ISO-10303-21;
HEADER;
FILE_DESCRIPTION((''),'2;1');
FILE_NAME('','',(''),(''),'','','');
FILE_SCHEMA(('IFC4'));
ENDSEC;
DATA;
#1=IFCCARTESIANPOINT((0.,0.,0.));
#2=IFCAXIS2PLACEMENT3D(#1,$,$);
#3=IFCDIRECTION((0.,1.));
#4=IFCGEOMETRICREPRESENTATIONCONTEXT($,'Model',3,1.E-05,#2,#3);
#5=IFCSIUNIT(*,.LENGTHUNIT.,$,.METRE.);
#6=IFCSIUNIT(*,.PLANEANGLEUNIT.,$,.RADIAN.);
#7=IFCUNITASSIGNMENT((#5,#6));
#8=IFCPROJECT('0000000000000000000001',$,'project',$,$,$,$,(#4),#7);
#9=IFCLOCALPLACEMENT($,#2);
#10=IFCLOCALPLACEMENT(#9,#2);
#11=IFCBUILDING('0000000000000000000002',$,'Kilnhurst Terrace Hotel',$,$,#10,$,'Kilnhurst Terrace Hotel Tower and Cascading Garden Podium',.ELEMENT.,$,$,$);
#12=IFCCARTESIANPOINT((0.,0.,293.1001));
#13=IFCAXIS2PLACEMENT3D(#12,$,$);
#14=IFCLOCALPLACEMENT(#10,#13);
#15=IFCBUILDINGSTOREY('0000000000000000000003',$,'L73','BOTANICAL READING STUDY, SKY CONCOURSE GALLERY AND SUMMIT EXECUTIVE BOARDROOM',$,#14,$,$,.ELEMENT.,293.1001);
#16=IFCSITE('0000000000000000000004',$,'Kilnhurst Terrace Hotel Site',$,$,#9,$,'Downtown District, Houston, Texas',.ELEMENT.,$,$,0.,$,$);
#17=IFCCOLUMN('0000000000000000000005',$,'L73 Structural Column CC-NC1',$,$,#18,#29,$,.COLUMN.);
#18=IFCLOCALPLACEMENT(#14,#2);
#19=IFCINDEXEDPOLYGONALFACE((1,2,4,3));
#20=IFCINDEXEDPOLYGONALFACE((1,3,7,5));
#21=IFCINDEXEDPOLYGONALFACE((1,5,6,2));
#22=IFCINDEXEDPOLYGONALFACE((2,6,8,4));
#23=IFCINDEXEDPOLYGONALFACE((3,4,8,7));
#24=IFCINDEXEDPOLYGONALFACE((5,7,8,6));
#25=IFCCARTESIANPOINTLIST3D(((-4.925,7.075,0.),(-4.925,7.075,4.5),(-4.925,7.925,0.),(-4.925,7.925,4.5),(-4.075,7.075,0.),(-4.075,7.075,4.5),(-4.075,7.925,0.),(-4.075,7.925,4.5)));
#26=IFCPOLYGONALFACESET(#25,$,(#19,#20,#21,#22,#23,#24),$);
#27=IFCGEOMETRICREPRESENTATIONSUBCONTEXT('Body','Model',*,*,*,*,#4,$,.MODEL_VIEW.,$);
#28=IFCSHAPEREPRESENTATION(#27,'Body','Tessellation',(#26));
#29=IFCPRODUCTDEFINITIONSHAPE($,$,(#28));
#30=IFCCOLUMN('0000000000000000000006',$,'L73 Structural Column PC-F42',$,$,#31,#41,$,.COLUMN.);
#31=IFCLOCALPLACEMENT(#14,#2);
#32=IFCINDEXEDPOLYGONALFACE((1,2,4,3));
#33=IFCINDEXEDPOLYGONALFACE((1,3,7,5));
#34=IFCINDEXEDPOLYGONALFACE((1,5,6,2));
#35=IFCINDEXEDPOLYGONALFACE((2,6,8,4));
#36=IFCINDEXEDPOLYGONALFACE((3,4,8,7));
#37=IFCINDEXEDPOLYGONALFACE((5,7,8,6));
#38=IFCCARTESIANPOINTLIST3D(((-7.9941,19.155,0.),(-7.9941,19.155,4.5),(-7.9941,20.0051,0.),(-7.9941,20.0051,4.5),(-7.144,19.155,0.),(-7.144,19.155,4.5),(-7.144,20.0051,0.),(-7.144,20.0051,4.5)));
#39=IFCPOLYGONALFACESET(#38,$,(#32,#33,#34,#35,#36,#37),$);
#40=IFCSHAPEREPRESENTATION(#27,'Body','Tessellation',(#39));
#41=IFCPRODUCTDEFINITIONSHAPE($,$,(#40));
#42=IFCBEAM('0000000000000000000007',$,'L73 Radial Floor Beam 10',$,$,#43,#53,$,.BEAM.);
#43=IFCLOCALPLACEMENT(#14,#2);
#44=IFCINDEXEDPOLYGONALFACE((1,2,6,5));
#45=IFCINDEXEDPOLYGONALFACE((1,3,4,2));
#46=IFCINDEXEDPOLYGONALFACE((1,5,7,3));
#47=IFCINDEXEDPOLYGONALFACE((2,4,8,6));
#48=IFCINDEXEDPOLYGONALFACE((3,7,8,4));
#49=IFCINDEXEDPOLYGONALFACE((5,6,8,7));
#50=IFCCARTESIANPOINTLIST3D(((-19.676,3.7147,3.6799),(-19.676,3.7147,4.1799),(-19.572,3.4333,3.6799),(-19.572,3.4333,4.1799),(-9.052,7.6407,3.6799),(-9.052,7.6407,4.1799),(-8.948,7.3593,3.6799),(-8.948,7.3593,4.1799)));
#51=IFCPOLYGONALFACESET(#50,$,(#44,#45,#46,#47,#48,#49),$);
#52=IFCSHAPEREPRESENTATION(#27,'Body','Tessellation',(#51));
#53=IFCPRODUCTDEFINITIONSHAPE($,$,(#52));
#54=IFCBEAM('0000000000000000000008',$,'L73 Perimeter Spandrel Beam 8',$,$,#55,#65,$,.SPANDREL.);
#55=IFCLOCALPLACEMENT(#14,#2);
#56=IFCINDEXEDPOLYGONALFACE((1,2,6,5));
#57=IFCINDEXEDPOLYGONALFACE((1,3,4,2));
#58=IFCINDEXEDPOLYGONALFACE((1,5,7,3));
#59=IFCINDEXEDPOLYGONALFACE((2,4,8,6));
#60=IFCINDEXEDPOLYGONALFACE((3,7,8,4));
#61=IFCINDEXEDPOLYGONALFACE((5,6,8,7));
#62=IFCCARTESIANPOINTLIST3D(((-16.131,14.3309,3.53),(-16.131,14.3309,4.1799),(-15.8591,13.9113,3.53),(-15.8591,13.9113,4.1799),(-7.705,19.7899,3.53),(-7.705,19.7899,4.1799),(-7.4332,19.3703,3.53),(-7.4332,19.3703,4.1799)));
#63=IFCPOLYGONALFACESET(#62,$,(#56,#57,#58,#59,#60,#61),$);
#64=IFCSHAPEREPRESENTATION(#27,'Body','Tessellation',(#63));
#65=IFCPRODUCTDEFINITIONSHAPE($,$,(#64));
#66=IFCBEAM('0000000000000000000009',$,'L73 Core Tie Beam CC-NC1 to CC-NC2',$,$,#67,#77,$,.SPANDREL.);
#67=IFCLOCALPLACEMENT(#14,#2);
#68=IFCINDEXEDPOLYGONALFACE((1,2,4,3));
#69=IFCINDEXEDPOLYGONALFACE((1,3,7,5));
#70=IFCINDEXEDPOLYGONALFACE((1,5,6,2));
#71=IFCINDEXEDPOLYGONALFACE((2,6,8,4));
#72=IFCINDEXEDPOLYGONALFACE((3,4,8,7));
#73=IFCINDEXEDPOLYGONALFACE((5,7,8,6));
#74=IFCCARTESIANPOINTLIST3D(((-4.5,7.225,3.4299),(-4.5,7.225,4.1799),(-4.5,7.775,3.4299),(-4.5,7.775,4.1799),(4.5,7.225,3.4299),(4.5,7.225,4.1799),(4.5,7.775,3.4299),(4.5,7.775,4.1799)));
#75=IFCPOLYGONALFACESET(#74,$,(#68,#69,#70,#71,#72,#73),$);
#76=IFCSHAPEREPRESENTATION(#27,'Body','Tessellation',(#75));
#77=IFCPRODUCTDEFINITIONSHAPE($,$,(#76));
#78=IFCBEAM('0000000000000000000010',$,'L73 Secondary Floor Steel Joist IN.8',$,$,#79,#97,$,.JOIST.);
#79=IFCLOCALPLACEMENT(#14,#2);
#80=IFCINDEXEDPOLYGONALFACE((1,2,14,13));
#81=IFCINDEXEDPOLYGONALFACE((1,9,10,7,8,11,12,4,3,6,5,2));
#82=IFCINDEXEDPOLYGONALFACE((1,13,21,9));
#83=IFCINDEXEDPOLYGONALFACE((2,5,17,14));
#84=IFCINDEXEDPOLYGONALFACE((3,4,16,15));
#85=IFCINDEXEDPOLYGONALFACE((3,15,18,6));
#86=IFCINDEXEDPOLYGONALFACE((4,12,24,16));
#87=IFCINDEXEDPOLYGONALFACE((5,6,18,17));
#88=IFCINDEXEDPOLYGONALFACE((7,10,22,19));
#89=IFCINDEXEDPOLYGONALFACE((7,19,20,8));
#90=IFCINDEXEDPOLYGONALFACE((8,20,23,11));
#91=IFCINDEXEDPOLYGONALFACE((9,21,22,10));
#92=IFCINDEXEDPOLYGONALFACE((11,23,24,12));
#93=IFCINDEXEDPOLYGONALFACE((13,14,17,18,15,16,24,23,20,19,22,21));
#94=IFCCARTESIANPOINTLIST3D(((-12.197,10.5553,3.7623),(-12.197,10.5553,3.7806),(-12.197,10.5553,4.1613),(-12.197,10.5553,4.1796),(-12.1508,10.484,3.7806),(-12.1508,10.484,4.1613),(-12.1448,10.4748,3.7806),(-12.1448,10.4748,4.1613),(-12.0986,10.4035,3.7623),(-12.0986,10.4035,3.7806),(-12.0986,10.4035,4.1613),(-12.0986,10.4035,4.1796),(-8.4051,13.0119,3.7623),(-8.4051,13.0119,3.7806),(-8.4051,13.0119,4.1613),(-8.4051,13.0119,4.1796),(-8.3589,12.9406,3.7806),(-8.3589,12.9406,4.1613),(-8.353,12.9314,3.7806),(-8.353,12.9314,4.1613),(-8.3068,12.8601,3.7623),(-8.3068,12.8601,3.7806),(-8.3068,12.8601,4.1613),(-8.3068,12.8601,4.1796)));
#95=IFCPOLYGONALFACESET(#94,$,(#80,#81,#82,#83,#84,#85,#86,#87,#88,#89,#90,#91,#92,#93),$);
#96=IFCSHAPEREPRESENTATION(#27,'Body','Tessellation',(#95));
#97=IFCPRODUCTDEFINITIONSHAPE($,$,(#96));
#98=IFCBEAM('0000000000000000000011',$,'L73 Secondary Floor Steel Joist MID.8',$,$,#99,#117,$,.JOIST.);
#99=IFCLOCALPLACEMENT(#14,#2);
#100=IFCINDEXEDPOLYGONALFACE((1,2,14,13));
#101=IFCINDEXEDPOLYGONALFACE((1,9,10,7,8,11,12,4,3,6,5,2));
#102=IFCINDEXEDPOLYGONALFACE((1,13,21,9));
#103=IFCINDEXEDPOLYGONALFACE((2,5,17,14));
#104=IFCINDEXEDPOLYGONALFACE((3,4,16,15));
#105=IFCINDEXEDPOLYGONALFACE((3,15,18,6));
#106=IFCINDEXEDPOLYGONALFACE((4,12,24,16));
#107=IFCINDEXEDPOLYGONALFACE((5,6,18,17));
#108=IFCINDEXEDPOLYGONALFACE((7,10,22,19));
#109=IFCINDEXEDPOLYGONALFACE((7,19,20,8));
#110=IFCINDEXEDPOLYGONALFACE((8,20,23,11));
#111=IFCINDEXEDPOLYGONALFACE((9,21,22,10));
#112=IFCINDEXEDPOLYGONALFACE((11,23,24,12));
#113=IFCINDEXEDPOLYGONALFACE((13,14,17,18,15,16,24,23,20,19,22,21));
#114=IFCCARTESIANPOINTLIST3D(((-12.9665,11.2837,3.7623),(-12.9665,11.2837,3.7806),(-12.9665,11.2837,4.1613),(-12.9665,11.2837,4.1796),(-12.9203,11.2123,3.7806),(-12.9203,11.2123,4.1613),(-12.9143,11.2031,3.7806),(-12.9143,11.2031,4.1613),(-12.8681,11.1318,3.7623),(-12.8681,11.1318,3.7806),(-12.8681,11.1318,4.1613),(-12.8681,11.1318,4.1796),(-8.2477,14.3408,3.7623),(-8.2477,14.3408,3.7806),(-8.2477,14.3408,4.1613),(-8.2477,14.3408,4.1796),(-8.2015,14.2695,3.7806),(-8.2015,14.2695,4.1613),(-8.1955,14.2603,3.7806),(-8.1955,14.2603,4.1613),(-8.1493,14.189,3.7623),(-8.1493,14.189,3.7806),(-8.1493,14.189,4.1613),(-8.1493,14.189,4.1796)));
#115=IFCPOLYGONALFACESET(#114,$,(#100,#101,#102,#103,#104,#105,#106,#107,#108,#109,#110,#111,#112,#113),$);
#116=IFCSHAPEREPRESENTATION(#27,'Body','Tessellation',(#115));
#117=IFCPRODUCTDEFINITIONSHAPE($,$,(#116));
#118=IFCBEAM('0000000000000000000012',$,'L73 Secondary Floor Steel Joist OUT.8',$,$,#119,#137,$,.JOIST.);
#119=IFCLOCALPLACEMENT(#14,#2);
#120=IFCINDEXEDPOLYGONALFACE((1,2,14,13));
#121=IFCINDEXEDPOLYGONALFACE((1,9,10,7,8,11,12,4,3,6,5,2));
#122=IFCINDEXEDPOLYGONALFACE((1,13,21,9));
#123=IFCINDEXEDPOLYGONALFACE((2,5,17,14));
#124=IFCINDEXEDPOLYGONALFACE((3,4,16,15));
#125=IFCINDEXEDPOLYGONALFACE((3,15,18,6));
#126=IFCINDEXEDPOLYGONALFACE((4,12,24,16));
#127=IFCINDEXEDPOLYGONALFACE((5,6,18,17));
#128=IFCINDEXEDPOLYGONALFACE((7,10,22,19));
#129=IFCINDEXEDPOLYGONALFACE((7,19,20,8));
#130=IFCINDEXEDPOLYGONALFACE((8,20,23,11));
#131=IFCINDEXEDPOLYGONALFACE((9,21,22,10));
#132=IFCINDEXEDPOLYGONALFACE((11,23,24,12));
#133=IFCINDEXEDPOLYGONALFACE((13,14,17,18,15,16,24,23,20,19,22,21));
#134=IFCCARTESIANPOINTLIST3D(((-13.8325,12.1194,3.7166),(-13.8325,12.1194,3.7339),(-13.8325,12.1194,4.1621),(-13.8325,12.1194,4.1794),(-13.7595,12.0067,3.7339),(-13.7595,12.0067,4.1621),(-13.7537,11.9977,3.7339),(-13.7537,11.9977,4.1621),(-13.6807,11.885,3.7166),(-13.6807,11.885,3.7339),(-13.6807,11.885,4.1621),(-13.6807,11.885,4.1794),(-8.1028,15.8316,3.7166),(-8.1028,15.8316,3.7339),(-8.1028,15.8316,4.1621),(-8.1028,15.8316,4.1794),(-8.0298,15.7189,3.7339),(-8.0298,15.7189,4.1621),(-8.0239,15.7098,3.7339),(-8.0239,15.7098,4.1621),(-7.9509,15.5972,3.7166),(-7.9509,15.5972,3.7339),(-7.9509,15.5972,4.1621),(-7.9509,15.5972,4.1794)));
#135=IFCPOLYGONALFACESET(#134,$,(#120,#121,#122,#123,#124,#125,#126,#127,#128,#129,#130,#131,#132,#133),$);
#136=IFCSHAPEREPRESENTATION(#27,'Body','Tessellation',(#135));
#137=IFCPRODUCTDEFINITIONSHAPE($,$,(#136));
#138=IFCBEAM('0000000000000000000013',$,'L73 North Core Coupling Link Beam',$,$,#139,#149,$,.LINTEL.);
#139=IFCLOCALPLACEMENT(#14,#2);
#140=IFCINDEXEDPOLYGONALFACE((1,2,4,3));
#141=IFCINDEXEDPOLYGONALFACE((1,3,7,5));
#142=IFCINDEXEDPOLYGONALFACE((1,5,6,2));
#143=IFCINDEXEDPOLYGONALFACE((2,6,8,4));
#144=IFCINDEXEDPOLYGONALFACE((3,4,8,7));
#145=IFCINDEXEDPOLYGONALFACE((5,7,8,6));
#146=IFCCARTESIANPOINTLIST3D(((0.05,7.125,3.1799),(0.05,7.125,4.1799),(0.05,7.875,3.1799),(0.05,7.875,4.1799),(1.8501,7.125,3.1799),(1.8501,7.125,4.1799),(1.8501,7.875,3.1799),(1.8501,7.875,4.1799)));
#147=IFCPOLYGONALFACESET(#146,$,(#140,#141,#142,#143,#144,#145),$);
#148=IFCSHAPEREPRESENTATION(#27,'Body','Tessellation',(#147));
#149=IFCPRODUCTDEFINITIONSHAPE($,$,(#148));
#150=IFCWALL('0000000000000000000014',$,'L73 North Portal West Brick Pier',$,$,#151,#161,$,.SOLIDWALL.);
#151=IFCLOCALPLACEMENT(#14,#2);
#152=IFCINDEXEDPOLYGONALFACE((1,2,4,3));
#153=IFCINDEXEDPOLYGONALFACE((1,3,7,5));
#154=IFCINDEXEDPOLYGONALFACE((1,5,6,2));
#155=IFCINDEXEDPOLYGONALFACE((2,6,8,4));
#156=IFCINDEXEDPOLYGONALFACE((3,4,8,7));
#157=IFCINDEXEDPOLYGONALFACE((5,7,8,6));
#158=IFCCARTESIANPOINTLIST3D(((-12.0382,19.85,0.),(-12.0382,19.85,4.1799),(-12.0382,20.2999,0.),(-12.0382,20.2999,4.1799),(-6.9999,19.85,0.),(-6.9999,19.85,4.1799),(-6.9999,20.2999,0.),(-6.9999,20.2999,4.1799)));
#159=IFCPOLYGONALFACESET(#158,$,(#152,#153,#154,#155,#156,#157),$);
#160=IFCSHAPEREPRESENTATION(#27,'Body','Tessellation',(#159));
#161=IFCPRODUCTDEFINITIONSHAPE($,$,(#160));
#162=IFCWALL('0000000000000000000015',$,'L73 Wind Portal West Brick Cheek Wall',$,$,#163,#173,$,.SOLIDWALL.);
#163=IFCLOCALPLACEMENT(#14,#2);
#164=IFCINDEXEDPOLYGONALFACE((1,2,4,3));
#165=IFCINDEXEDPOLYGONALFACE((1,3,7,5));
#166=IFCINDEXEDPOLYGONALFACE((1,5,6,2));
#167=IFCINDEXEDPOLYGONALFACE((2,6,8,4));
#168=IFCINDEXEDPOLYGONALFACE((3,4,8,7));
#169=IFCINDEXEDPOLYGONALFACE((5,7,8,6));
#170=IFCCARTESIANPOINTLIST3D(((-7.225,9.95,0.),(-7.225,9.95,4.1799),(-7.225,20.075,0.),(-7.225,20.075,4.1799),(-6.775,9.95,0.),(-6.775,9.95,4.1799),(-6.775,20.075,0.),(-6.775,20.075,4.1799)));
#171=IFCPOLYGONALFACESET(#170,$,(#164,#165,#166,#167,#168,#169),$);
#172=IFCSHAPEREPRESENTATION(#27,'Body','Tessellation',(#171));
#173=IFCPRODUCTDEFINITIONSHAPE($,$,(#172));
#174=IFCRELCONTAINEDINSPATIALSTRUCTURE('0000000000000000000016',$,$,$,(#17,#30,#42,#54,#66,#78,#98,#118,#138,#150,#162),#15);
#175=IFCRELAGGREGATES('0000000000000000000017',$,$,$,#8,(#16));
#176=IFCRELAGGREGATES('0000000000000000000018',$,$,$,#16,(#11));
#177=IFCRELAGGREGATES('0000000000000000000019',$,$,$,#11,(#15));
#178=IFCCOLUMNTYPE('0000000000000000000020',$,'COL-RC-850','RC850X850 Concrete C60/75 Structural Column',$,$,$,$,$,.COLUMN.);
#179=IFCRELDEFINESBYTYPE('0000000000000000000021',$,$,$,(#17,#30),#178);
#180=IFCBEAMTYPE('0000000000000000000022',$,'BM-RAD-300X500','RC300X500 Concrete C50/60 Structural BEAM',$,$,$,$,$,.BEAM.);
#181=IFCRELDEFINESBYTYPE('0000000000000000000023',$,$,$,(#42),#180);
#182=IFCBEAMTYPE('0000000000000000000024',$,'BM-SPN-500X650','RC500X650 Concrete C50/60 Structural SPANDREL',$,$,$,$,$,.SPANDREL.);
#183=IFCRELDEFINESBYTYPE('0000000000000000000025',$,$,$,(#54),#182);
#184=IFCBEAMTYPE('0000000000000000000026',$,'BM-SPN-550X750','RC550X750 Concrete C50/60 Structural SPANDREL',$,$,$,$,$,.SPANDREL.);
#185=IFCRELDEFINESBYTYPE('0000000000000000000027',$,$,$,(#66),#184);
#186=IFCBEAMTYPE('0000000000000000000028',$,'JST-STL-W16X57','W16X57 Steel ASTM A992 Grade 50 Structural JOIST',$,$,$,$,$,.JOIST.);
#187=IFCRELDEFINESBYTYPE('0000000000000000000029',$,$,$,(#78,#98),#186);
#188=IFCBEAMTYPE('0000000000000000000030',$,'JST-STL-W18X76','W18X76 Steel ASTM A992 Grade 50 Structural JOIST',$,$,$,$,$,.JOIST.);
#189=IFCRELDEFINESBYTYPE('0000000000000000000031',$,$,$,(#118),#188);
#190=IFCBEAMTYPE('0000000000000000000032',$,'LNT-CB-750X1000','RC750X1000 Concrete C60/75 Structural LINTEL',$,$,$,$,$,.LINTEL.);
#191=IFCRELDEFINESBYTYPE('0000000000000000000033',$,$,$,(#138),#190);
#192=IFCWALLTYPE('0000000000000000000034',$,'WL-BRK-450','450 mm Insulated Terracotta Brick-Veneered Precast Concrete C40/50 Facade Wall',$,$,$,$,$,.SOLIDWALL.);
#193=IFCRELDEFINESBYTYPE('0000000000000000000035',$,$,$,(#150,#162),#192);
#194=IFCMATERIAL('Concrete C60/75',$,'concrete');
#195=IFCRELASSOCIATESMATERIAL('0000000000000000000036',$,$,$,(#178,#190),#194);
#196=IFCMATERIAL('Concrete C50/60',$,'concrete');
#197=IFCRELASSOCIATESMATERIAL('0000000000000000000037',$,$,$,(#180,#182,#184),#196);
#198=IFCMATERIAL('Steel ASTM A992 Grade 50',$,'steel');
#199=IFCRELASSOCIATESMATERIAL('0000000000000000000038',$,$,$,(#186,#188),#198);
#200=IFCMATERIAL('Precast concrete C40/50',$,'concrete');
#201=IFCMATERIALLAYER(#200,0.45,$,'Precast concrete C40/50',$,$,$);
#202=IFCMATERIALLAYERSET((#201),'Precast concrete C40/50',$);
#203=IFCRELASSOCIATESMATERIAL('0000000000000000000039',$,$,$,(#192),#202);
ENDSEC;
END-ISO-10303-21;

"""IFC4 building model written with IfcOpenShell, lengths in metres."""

from ifc_helpers import new_model, si_unit, direction, frame, frame_2d, origin, origin_2d, place, context, subcontext, project, spatial, rectangle, i_section, extrude, material, layer, layer_set, material_profile, profile_set, type_object, element, save


model = new_model("IFC4")

# Units and contexts
model_context = context("Model", 3, precision=1e-05, world=origin(), true_north=direction((0.0, 1.0)))
body_context = subcontext(model_context, "Body", "Model", "MODEL_VIEW")
ifc_project = project(units=[si_unit("LENGTHUNIT", "METRE"), si_unit("PLANEANGLEUNIT", "RADIAN")], contexts=[model_context])

# Site, building, storey
site_placement = place(None, origin())
site = spatial("IfcSite", under=ifc_project, at=site_placement, Name="Kilnhurst Terrace Hotel Site", LongName="Downtown District, Houston, Texas", CompositionType="ELEMENT", RefElevation=0.0)
building_placement = place(site_placement, origin())
building = spatial("IfcBuilding", under=site, at=building_placement, Name="Kilnhurst Terrace Hotel", LongName="Kilnhurst Terrace Hotel Tower and Cascading Garden Podium", CompositionType="ELEMENT")
storey_placement = place(building_placement, frame((0.0, 0.0, 293.1001)))
storey = spatial("IfcBuildingStorey", under=building, at=storey_placement, Name="L73", Description="BOTANICAL READING STUDY, SKY CONCOURSE GALLERY AND SUMMIT EXECUTIVE BOARDROOM", CompositionType="ELEMENT", Elevation=293.1001)

# Columns
ifc_material_1 = material(Name="Concrete C60/75", Category="concrete")
ifc_material_profile_1 = material_profile(ifc_material_1, rectangle(XDim=0.8501, YDim=0.8501, at=origin_2d()), Name="RC850X850")
ifc_profile_set_1 = profile_set([ifc_material_profile_1], Name="Concrete C60/75")
column_type = type_object("IfcColumnType", Name="COL-RC-850", Description="RC850X850 Concrete C60/75 Structural Column", PredefinedType="COLUMN", material=ifc_profile_set_1)
for number, where, z_axis, x_axis, name in (
    (1, (-4.5, 7.5, 0.0), (0.0, 0.0, 1.0), (1.0, 0.0, 0.0), "L73 Structural Column CC-NC1"),
    (2, (-7.5691, 19.5801, 0.0), (0.0, 0.0, 1.0), (1.0, 0.0, 0.0), "L73 Structural Column PC-F42"),
):
    element("IfcColumn", number, at=place(storey_placement, frame(where, z_axis=z_axis, x_axis=x_axis)), inside=storey, type_object=column_type, Name=name, PredefinedType="COLUMN", context=body_context, shape_type="SweptSolid", body=[
        extrude(rectangle(XDim=0.8501, YDim=0.8501, at=origin_2d()), origin(), (0.0, 0.0, 1.0), 4.5),
    ])

# Beams
ifc_material_2 = material(Name="Concrete C50/60", Category="concrete")
ifc_material_profile_2 = material_profile(ifc_material_2, rectangle(XDim=0.3, YDim=0.5, at=origin_2d()), Name="RC300X500")
ifc_profile_set_2 = profile_set([ifc_material_profile_2], Name="Concrete C50/60")
beam_type_1 = type_object("IfcBeamType", Name="BM-RAD-300X500", Description="RC300X500 Concrete C50/60 Structural BEAM", PredefinedType="BEAM", material=ifc_profile_set_2)
beam_1_placement = place(storey_placement, frame((-9.0, 7.5, 3.9299), z_axis=(-0.938002, -0.346631, 0.0), x_axis=(0.346631, -0.938002, 0.0)))
element("IfcBeam", 3, at=beam_1_placement, inside=storey, type_object=beam_type_1, Name="L73 Radial Floor Beam 10", PredefinedType="BEAM", context=body_context, shape_type="SweptSolid", body=[
    extrude(rectangle(XDim=0.3, YDim=0.5, at=origin_2d()), origin(), (0.0, 0.0, 1.0), 11.3262),
])
ifc_material_profile_3 = material_profile(ifc_material_2, rectangle(XDim=0.5, YDim=0.6499, at=origin_2d()), Name="RC500X650")
ifc_profile_set_3 = profile_set([ifc_material_profile_3], Name="Concrete C50/60")
beam_type_2 = type_object("IfcBeamType", Name="BM-SPN-500X650", Description="RC500X650 Concrete C50/60 Structural SPANDREL", PredefinedType="SPANDREL", material=ifc_profile_set_3)
beam_2_placement = place(storey_placement, frame((-7.5691, 19.5801, 3.855), z_axis=(-0.839259, -0.543732, 0.0), x_axis=(0.543732, -0.839259, 0.0)))
element("IfcBeam", 4, at=beam_2_placement, inside=storey, type_object=beam_type_2, Name="L73 Perimeter Spandrel Beam 8", PredefinedType="SPANDREL", context=body_context, shape_type="SweptSolid", body=[
    extrude(rectangle(XDim=0.5, YDim=0.6499, at=origin_2d()), origin(), (0.0, 0.0, 1.0), 10.0398),
])
ifc_material_profile_4 = material_profile(ifc_material_2, rectangle(XDim=0.55, YDim=0.75, at=origin_2d()), Name="RC550X750")
ifc_profile_set_4 = profile_set([ifc_material_profile_4], Name="Concrete C50/60")
beam_type_3 = type_object("IfcBeamType", Name="BM-SPN-550X750", Description="RC550X750 Concrete C50/60 Structural SPANDREL", PredefinedType="SPANDREL", material=ifc_profile_set_4)
beam_3_placement = place(storey_placement, frame((-4.5, 7.5, 3.8049), z_axis=(1.0, 0.0, 0.0), x_axis=(0.0, 1.0, 0.0)))
element("IfcBeam", 5, at=beam_3_placement, inside=storey, type_object=beam_type_3, Name="L73 Core Tie Beam CC-NC1 to CC-NC2", PredefinedType="SPANDREL", context=body_context, shape_type="SweptSolid", body=[
    extrude(rectangle(XDim=0.55, YDim=0.75, at=origin_2d()), origin(), (0.0, 0.0, 1.0), 9.0),
])
ifc_material_3 = material(Name="Steel ASTM A992 Grade 50", Category="steel")
ifc_material_profile_5 = material_profile(ifc_material_3, i_section(OverallWidth=0.1809, OverallDepth=0.4172, WebThickness=0.011, FlangeThickness=0.0183, at=origin_2d()), Name="W16X57")
ifc_profile_set_5 = profile_set([ifc_material_profile_5], Name="Steel ASTM A992 Grade 50")
beam_type_4 = type_object("IfcBeamType", Name="JST-STL-W16X57", Description="W16X57 Steel ASTM A992 Grade 50 Structural JOIST", PredefinedType="JOIST", material=ifc_profile_set_5)
beam_4_placement = place(storey_placement, frame((-8.356, 12.936, 3.9709), z_axis=(-0.839261, -0.543728, 0.0), x_axis=(0.543728, -0.839261, 0.0)))
element("IfcBeam", 6, at=beam_4_placement, inside=storey, type_object=beam_type_4, Name="L73 Secondary Floor Steel Joist IN.8", PredefinedType="JOIST", context=body_context, shape_type="SweptSolid", body=[
    extrude(i_section(OverallWidth=0.1809, OverallDepth=0.4172, WebThickness=0.011, FlangeThickness=0.0183, at=origin_2d()), origin(), (0.0, 0.0, 1.0), 4.5181),
])
beam_5_placement = place(storey_placement, frame((-8.1985, 14.2649, 3.9709), z_axis=(-0.83926, -0.54373, 0.0), x_axis=(0.54373, -0.83926, 0.0)))
element("IfcBeam", 7, at=beam_5_placement, inside=storey, type_object=beam_type_4, Name="L73 Secondary Floor Steel Joist MID.8", PredefinedType="JOIST", context=body_context, shape_type="SweptSolid", body=[
    extrude(i_section(OverallWidth=0.1809, OverallDepth=0.4172, WebThickness=0.011, FlangeThickness=0.0183, at=origin_2d()), origin(), (0.0, 0.0, 1.0), 5.6226),
])
ifc_material_profile_6 = material_profile(ifc_material_3, i_section(OverallWidth=0.2793, OverallDepth=0.4629, WebThickness=0.0107, FlangeThickness=0.0173, at=origin_2d()), Name="W18X76")
ifc_profile_set_6 = profile_set([ifc_material_profile_6], Name="Steel ASTM A992 Grade 50")
beam_type_5 = type_object("IfcBeamType", Name="JST-STL-W18X76", Description="W18X76 Steel ASTM A992 Grade 50 Structural JOIST", PredefinedType="JOIST", material=ifc_profile_set_6)
beam_6_placement = place(storey_placement, frame((-8.0269, 15.7144, 3.948), z_axis=(-0.839257, -0.543735, 0.0), x_axis=(0.543735, -0.839257, 0.0)))
element("IfcBeam", 8, at=beam_6_placement, inside=storey, type_object=beam_type_5, Name="L73 Secondary Floor Steel Joist OUT.8", PredefinedType="JOIST", context=body_context, shape_type="SweptSolid", body=[
    extrude(i_section(OverallWidth=0.2793, OverallDepth=0.4629, WebThickness=0.0107, FlangeThickness=0.0173, at=origin_2d()), origin(), (0.0, 0.0, 1.0), 6.8271),
])
ifc_material_profile_7 = material_profile(ifc_material_1, rectangle(XDim=0.75, YDim=1.0, at=origin_2d()), Name="RC750X1000")
ifc_profile_set_7 = profile_set([ifc_material_profile_7], Name="Concrete C60/75")
beam_type_6 = type_object("IfcBeamType", Name="LNT-CB-750X1000", Description="RC750X1000 Concrete C60/75 Structural LINTEL", PredefinedType="LINTEL", material=ifc_profile_set_7)
beam_7_placement = place(storey_placement, frame((0.05, 7.5, 3.6799), z_axis=(1.0, 0.0, 0.0), x_axis=(0.0, 1.0, 0.0)))
element("IfcBeam", 9, at=beam_7_placement, inside=storey, type_object=beam_type_6, Name="L73 North Core Coupling Link Beam", PredefinedType="LINTEL", context=body_context, shape_type="SweptSolid", body=[
    extrude(rectangle(XDim=0.75, YDim=1.0, at=origin_2d()), origin(), (0.0, 0.0, 1.0), 1.8),
])

# Walls
ifc_material_4 = material(Name="Precast concrete C40/50", Category="concrete")
ifc_layer_1 = layer(ifc_material_4, 0.45, Name="Precast concrete C40/50")
ifc_layer_set_1 = layer_set([ifc_layer_1], Name="Precast concrete C40/50")
wall_type_1 = type_object("IfcWallType", Name="WL-BRK-450", Description="450 mm Insulated Terracotta Brick-Veneered Precast Concrete C40/50 Facade Wall", PredefinedType="SOLIDWALL", material=ifc_layer_set_1)
wall_1_placement = place(storey_placement, frame((-7.0, 20.075, 0.0), z_axis=(0.0, 0.0, 1.0), x_axis=(-1.0, 0.0, 0.0)))
element("IfcWall", 10, at=wall_1_placement, inside=storey, type_object=wall_type_1, Name="L73 North Portal West Brick Pier", PredefinedType="SOLIDWALL", context=body_context, shape_type="SweptSolid", body=[
    extrude(rectangle(XDim=5.0383, YDim=0.45, at=frame_2d((2.519, 0.0))), origin(), (0.0, 0.0, 1.0), 4.1799),
])
wall_2_placement = place(storey_placement, frame((-7.0, 9.95, 0.0), z_axis=(0.0, 0.0, 1.0), x_axis=(0.0, 1.0, 0.0)))
element("IfcWall", 11, at=wall_2_placement, inside=storey, type_object=wall_type_1, Name="L73 Wind Portal West Brick Cheek Wall", PredefinedType="SOLIDWALL", context=body_context, shape_type="SweptSolid", body=[
    extrude(rectangle(XDim=10.125, YDim=0.45, at=frame_2d((5.0625, 0.0))), origin(), (0.0, 0.0, 1.0), 4.1799),
])

save(model, "model.ifc")
